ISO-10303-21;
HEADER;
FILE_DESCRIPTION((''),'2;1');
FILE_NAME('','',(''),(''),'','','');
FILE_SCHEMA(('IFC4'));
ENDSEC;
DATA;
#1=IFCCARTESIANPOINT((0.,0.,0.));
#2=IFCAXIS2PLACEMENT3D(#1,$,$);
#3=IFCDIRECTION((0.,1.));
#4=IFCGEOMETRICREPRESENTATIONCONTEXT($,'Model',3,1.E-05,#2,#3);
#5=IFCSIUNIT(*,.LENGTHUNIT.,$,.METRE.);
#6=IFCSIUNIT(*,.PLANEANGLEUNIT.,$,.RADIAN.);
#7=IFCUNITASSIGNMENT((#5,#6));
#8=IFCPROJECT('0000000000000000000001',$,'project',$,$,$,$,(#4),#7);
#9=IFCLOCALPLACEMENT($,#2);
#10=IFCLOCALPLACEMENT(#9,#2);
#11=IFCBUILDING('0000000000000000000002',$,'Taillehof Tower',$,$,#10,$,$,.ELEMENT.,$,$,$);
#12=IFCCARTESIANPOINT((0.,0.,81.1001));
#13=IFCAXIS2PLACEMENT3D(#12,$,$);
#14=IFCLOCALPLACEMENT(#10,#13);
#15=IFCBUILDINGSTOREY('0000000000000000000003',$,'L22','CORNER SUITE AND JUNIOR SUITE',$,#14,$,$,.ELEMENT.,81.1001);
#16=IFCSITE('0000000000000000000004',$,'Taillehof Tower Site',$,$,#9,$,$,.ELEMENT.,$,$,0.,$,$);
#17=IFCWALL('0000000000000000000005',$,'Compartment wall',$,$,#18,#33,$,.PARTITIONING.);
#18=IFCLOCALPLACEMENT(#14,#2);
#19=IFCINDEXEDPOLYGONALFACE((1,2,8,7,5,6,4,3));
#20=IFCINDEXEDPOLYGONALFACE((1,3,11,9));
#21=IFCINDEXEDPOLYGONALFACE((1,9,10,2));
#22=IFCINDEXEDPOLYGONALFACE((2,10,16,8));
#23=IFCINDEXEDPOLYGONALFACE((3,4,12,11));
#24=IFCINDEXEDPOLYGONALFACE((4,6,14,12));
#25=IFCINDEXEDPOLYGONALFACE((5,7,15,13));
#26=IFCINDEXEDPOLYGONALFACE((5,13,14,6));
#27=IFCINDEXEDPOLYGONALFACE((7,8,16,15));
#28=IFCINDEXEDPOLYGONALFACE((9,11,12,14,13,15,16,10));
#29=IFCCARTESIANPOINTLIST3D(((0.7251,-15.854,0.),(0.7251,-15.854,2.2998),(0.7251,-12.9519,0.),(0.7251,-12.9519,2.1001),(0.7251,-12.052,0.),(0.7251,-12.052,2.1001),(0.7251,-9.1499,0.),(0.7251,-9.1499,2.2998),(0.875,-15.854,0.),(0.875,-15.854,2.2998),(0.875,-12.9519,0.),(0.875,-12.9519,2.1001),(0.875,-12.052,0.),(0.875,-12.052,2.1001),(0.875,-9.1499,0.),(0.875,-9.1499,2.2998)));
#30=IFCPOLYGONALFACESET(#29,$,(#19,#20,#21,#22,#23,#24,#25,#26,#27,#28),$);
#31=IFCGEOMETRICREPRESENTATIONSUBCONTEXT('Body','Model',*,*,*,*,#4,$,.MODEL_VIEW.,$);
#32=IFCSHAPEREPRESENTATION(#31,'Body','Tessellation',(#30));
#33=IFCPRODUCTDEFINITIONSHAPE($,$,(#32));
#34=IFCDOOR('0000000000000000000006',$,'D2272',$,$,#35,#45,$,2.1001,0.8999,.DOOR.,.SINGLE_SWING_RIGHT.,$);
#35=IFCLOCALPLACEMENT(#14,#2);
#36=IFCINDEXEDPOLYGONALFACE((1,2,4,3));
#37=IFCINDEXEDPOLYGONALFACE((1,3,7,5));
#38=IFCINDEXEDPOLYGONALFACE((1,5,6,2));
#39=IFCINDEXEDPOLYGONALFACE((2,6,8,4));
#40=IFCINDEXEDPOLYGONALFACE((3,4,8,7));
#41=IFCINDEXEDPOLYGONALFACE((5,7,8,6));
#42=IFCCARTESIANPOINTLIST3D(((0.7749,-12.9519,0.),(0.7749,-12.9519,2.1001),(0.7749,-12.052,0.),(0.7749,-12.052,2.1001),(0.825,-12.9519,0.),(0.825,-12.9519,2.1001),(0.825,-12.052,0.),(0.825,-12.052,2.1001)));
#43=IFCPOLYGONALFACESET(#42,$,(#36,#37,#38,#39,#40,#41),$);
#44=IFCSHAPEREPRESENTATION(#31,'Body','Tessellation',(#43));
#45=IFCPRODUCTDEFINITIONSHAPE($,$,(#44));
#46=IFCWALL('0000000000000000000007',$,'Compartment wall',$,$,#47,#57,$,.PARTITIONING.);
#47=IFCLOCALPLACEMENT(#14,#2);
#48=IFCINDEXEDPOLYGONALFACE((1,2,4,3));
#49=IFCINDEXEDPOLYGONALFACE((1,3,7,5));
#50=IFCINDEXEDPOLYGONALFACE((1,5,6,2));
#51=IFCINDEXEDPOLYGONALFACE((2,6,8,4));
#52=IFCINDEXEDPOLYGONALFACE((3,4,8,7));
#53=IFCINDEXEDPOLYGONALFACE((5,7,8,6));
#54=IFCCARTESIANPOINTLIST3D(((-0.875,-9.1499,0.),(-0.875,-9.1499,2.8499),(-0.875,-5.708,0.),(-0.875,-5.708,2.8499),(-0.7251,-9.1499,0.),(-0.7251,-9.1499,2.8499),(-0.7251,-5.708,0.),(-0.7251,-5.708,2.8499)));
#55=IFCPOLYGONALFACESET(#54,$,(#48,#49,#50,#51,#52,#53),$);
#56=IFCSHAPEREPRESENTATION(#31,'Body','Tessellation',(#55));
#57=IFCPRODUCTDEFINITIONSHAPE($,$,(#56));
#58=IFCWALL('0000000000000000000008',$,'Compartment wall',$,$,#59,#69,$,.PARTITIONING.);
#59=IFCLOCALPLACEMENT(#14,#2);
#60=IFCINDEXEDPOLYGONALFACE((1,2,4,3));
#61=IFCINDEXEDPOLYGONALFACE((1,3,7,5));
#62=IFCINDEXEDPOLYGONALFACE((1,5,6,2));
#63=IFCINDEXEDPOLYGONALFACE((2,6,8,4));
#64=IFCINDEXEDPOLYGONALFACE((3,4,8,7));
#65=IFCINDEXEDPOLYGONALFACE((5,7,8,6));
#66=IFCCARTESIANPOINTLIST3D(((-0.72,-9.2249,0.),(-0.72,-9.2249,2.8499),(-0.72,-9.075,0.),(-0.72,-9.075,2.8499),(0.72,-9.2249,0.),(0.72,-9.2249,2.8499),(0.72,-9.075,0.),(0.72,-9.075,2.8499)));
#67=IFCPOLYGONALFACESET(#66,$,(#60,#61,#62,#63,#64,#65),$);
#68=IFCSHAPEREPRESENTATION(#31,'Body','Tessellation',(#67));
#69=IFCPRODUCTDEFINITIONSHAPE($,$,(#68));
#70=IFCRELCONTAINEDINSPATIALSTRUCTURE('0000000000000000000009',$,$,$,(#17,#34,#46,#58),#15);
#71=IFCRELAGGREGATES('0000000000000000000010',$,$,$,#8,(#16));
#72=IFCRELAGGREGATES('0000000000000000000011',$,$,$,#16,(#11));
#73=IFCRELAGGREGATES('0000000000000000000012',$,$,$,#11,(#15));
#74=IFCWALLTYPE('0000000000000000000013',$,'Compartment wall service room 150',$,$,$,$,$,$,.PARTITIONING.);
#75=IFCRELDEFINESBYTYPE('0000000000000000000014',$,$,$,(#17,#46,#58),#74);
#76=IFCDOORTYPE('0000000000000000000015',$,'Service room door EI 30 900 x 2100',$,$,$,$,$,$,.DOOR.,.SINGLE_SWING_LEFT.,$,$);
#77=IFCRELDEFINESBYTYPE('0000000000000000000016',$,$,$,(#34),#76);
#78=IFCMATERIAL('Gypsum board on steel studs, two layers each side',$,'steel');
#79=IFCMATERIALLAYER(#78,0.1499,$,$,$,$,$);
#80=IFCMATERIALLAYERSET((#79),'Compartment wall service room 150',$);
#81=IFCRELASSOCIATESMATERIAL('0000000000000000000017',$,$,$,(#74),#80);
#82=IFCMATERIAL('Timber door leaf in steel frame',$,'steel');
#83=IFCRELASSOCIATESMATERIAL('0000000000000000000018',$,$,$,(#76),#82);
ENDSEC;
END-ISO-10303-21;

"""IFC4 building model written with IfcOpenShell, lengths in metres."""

from ifc_helpers import new_model, si_unit, direction, frame, frame_2d, origin, place, context, subcontext, project, spatial, rectangle, extrude, material, layer, layer_set, type_object, element, fill, save


model = new_model("IFC4")

# Units and contexts
model_context = context("Model", 3, precision=1e-05, world=origin(), true_north=direction((0.0, 1.0)))
body_context = subcontext(model_context, "Body", "Model", "MODEL_VIEW")
ifc_project = project(units=[si_unit("LENGTHUNIT", "METRE"), si_unit("PLANEANGLEUNIT", "RADIAN")], contexts=[model_context])

# Site, building, storey
site_placement = place(None, origin())
site = spatial("IfcSite", under=ifc_project, at=site_placement, Name="Taillehof Tower Site", CompositionType="ELEMENT", RefElevation=0.0)
building_placement = place(site_placement, origin())
building = spatial("IfcBuilding", under=site, at=building_placement, Name="Taillehof Tower", CompositionType="ELEMENT")
storey_placement = place(building_placement, frame((0.0, 0.0, 81.1001)))
storey = spatial("IfcBuildingStorey", under=building, at=storey_placement, Name="L22", Description="CORNER SUITE AND JUNIOR SUITE", CompositionType="ELEMENT", Elevation=81.1001)

# Wall, opening, door
ifc_material_1 = material(Name="Gypsum board on steel studs, two layers each side", Category="steel")
ifc_layer_1 = layer(ifc_material_1, 0.1499)
ifc_layer_set_1 = layer_set([ifc_layer_1], Name="Compartment wall service room 150")
wall_type_1 = type_object("IfcWallType", Name="Compartment wall service room 150", PredefinedType="PARTITIONING", material=ifc_layer_set_1)
wall_1_placement = place(storey_placement, frame((0.8, -9.1499, 0.0), z_axis=(0.0, 0.0, 1.0), x_axis=(0.0, -1.0, 0.0)))
wall_1 = element("IfcWall", 1, at=wall_1_placement, inside=storey, type_object=wall_type_1, Name="Compartment wall", PredefinedType="PARTITIONING", context=body_context, shape_type="SweptSolid", body=[
    extrude(rectangle(XDim=6.7041, YDim=0.1499, at=frame_2d((3.3521, 0.0))), origin(), (0.0, 0.0, 1.0), 2.2998),
])
opening_1_placement = place(wall_1_placement, frame((2.9021, 0.0, 0.0)))
opening_1 = element("IfcOpeningElement", 2, at=opening_1_placement, cuts=wall_1, PredefinedType="OPENING", context=body_context, shape_type="SweptSolid", body=[
    extrude(rectangle(XDim=0.8999, YDim=2.1001, at=frame_2d((0.45, 1.05))), frame((0.0, 0.085, 0.0), z_axis=(0.0, -1.0, 0.0), x_axis=(1.0, 0.0, 0.0)), (0.0, 0.0, 1.0), 0.1699),
])
ifc_material_2 = material(Name="Timber door leaf in steel frame", Category="steel")
door_type_1 = type_object("IfcDoorType", Name="Service room door EI 30 900 x 2100", OperationType="SINGLE_SWING_LEFT", PredefinedType="DOOR", material=ifc_material_2)
door_1_placement = place(opening_1_placement, origin())
door_1 = element("IfcDoor", 3, at=door_1_placement, inside=storey, type_object=door_type_1, Name="D2272", OperationType="SINGLE_SWING_RIGHT", OverallHeight=2.1001, OverallWidth=0.8999, PredefinedType="DOOR", context=body_context, shape_type="SweptSolid", body=[
    extrude(rectangle(XDim=0.8999, YDim=2.1001, at=frame_2d((0.45, 1.05))), frame((0.0, 0.0249, 0.0), z_axis=(0.0, -1.0, 0.0), x_axis=(1.0, 0.0, 0.0)), (0.0, 0.0, 1.0), 0.05),
])
fill(opening_1, door_1)

# Walls
wall_2_placement = place(storey_placement, frame((-0.8, -5.708, 0.0), z_axis=(0.0, 0.0, 1.0), x_axis=(0.0, -1.0, 0.0)))
element("IfcWall", 4, at=wall_2_placement, inside=storey, type_object=wall_type_1, Name="Compartment wall", PredefinedType="PARTITIONING", context=body_context, shape_type="SweptSolid", body=[
    extrude(rectangle(XDim=3.4419, YDim=0.1499, at=frame_2d((1.7209, 0.0))), origin(), (0.0, 0.0, 1.0), 2.8499),
])
wall_3_placement = place(storey_placement, frame((-0.72, -9.1499, 0.0), z_axis=(0.0, 0.0, 1.0), x_axis=(1.0, 0.0, 0.0)))
element("IfcWall", 5, at=wall_3_placement, inside=storey, type_object=wall_type_1, Name="Compartment wall", PredefinedType="PARTITIONING", context=body_context, shape_type="SweptSolid", body=[
    extrude(rectangle(XDim=1.4399, YDim=0.1499, at=frame_2d((0.72, 0.0))), origin(), (0.0, 0.0, 1.0), 2.8499),
])

save(model, "model.ifc")
